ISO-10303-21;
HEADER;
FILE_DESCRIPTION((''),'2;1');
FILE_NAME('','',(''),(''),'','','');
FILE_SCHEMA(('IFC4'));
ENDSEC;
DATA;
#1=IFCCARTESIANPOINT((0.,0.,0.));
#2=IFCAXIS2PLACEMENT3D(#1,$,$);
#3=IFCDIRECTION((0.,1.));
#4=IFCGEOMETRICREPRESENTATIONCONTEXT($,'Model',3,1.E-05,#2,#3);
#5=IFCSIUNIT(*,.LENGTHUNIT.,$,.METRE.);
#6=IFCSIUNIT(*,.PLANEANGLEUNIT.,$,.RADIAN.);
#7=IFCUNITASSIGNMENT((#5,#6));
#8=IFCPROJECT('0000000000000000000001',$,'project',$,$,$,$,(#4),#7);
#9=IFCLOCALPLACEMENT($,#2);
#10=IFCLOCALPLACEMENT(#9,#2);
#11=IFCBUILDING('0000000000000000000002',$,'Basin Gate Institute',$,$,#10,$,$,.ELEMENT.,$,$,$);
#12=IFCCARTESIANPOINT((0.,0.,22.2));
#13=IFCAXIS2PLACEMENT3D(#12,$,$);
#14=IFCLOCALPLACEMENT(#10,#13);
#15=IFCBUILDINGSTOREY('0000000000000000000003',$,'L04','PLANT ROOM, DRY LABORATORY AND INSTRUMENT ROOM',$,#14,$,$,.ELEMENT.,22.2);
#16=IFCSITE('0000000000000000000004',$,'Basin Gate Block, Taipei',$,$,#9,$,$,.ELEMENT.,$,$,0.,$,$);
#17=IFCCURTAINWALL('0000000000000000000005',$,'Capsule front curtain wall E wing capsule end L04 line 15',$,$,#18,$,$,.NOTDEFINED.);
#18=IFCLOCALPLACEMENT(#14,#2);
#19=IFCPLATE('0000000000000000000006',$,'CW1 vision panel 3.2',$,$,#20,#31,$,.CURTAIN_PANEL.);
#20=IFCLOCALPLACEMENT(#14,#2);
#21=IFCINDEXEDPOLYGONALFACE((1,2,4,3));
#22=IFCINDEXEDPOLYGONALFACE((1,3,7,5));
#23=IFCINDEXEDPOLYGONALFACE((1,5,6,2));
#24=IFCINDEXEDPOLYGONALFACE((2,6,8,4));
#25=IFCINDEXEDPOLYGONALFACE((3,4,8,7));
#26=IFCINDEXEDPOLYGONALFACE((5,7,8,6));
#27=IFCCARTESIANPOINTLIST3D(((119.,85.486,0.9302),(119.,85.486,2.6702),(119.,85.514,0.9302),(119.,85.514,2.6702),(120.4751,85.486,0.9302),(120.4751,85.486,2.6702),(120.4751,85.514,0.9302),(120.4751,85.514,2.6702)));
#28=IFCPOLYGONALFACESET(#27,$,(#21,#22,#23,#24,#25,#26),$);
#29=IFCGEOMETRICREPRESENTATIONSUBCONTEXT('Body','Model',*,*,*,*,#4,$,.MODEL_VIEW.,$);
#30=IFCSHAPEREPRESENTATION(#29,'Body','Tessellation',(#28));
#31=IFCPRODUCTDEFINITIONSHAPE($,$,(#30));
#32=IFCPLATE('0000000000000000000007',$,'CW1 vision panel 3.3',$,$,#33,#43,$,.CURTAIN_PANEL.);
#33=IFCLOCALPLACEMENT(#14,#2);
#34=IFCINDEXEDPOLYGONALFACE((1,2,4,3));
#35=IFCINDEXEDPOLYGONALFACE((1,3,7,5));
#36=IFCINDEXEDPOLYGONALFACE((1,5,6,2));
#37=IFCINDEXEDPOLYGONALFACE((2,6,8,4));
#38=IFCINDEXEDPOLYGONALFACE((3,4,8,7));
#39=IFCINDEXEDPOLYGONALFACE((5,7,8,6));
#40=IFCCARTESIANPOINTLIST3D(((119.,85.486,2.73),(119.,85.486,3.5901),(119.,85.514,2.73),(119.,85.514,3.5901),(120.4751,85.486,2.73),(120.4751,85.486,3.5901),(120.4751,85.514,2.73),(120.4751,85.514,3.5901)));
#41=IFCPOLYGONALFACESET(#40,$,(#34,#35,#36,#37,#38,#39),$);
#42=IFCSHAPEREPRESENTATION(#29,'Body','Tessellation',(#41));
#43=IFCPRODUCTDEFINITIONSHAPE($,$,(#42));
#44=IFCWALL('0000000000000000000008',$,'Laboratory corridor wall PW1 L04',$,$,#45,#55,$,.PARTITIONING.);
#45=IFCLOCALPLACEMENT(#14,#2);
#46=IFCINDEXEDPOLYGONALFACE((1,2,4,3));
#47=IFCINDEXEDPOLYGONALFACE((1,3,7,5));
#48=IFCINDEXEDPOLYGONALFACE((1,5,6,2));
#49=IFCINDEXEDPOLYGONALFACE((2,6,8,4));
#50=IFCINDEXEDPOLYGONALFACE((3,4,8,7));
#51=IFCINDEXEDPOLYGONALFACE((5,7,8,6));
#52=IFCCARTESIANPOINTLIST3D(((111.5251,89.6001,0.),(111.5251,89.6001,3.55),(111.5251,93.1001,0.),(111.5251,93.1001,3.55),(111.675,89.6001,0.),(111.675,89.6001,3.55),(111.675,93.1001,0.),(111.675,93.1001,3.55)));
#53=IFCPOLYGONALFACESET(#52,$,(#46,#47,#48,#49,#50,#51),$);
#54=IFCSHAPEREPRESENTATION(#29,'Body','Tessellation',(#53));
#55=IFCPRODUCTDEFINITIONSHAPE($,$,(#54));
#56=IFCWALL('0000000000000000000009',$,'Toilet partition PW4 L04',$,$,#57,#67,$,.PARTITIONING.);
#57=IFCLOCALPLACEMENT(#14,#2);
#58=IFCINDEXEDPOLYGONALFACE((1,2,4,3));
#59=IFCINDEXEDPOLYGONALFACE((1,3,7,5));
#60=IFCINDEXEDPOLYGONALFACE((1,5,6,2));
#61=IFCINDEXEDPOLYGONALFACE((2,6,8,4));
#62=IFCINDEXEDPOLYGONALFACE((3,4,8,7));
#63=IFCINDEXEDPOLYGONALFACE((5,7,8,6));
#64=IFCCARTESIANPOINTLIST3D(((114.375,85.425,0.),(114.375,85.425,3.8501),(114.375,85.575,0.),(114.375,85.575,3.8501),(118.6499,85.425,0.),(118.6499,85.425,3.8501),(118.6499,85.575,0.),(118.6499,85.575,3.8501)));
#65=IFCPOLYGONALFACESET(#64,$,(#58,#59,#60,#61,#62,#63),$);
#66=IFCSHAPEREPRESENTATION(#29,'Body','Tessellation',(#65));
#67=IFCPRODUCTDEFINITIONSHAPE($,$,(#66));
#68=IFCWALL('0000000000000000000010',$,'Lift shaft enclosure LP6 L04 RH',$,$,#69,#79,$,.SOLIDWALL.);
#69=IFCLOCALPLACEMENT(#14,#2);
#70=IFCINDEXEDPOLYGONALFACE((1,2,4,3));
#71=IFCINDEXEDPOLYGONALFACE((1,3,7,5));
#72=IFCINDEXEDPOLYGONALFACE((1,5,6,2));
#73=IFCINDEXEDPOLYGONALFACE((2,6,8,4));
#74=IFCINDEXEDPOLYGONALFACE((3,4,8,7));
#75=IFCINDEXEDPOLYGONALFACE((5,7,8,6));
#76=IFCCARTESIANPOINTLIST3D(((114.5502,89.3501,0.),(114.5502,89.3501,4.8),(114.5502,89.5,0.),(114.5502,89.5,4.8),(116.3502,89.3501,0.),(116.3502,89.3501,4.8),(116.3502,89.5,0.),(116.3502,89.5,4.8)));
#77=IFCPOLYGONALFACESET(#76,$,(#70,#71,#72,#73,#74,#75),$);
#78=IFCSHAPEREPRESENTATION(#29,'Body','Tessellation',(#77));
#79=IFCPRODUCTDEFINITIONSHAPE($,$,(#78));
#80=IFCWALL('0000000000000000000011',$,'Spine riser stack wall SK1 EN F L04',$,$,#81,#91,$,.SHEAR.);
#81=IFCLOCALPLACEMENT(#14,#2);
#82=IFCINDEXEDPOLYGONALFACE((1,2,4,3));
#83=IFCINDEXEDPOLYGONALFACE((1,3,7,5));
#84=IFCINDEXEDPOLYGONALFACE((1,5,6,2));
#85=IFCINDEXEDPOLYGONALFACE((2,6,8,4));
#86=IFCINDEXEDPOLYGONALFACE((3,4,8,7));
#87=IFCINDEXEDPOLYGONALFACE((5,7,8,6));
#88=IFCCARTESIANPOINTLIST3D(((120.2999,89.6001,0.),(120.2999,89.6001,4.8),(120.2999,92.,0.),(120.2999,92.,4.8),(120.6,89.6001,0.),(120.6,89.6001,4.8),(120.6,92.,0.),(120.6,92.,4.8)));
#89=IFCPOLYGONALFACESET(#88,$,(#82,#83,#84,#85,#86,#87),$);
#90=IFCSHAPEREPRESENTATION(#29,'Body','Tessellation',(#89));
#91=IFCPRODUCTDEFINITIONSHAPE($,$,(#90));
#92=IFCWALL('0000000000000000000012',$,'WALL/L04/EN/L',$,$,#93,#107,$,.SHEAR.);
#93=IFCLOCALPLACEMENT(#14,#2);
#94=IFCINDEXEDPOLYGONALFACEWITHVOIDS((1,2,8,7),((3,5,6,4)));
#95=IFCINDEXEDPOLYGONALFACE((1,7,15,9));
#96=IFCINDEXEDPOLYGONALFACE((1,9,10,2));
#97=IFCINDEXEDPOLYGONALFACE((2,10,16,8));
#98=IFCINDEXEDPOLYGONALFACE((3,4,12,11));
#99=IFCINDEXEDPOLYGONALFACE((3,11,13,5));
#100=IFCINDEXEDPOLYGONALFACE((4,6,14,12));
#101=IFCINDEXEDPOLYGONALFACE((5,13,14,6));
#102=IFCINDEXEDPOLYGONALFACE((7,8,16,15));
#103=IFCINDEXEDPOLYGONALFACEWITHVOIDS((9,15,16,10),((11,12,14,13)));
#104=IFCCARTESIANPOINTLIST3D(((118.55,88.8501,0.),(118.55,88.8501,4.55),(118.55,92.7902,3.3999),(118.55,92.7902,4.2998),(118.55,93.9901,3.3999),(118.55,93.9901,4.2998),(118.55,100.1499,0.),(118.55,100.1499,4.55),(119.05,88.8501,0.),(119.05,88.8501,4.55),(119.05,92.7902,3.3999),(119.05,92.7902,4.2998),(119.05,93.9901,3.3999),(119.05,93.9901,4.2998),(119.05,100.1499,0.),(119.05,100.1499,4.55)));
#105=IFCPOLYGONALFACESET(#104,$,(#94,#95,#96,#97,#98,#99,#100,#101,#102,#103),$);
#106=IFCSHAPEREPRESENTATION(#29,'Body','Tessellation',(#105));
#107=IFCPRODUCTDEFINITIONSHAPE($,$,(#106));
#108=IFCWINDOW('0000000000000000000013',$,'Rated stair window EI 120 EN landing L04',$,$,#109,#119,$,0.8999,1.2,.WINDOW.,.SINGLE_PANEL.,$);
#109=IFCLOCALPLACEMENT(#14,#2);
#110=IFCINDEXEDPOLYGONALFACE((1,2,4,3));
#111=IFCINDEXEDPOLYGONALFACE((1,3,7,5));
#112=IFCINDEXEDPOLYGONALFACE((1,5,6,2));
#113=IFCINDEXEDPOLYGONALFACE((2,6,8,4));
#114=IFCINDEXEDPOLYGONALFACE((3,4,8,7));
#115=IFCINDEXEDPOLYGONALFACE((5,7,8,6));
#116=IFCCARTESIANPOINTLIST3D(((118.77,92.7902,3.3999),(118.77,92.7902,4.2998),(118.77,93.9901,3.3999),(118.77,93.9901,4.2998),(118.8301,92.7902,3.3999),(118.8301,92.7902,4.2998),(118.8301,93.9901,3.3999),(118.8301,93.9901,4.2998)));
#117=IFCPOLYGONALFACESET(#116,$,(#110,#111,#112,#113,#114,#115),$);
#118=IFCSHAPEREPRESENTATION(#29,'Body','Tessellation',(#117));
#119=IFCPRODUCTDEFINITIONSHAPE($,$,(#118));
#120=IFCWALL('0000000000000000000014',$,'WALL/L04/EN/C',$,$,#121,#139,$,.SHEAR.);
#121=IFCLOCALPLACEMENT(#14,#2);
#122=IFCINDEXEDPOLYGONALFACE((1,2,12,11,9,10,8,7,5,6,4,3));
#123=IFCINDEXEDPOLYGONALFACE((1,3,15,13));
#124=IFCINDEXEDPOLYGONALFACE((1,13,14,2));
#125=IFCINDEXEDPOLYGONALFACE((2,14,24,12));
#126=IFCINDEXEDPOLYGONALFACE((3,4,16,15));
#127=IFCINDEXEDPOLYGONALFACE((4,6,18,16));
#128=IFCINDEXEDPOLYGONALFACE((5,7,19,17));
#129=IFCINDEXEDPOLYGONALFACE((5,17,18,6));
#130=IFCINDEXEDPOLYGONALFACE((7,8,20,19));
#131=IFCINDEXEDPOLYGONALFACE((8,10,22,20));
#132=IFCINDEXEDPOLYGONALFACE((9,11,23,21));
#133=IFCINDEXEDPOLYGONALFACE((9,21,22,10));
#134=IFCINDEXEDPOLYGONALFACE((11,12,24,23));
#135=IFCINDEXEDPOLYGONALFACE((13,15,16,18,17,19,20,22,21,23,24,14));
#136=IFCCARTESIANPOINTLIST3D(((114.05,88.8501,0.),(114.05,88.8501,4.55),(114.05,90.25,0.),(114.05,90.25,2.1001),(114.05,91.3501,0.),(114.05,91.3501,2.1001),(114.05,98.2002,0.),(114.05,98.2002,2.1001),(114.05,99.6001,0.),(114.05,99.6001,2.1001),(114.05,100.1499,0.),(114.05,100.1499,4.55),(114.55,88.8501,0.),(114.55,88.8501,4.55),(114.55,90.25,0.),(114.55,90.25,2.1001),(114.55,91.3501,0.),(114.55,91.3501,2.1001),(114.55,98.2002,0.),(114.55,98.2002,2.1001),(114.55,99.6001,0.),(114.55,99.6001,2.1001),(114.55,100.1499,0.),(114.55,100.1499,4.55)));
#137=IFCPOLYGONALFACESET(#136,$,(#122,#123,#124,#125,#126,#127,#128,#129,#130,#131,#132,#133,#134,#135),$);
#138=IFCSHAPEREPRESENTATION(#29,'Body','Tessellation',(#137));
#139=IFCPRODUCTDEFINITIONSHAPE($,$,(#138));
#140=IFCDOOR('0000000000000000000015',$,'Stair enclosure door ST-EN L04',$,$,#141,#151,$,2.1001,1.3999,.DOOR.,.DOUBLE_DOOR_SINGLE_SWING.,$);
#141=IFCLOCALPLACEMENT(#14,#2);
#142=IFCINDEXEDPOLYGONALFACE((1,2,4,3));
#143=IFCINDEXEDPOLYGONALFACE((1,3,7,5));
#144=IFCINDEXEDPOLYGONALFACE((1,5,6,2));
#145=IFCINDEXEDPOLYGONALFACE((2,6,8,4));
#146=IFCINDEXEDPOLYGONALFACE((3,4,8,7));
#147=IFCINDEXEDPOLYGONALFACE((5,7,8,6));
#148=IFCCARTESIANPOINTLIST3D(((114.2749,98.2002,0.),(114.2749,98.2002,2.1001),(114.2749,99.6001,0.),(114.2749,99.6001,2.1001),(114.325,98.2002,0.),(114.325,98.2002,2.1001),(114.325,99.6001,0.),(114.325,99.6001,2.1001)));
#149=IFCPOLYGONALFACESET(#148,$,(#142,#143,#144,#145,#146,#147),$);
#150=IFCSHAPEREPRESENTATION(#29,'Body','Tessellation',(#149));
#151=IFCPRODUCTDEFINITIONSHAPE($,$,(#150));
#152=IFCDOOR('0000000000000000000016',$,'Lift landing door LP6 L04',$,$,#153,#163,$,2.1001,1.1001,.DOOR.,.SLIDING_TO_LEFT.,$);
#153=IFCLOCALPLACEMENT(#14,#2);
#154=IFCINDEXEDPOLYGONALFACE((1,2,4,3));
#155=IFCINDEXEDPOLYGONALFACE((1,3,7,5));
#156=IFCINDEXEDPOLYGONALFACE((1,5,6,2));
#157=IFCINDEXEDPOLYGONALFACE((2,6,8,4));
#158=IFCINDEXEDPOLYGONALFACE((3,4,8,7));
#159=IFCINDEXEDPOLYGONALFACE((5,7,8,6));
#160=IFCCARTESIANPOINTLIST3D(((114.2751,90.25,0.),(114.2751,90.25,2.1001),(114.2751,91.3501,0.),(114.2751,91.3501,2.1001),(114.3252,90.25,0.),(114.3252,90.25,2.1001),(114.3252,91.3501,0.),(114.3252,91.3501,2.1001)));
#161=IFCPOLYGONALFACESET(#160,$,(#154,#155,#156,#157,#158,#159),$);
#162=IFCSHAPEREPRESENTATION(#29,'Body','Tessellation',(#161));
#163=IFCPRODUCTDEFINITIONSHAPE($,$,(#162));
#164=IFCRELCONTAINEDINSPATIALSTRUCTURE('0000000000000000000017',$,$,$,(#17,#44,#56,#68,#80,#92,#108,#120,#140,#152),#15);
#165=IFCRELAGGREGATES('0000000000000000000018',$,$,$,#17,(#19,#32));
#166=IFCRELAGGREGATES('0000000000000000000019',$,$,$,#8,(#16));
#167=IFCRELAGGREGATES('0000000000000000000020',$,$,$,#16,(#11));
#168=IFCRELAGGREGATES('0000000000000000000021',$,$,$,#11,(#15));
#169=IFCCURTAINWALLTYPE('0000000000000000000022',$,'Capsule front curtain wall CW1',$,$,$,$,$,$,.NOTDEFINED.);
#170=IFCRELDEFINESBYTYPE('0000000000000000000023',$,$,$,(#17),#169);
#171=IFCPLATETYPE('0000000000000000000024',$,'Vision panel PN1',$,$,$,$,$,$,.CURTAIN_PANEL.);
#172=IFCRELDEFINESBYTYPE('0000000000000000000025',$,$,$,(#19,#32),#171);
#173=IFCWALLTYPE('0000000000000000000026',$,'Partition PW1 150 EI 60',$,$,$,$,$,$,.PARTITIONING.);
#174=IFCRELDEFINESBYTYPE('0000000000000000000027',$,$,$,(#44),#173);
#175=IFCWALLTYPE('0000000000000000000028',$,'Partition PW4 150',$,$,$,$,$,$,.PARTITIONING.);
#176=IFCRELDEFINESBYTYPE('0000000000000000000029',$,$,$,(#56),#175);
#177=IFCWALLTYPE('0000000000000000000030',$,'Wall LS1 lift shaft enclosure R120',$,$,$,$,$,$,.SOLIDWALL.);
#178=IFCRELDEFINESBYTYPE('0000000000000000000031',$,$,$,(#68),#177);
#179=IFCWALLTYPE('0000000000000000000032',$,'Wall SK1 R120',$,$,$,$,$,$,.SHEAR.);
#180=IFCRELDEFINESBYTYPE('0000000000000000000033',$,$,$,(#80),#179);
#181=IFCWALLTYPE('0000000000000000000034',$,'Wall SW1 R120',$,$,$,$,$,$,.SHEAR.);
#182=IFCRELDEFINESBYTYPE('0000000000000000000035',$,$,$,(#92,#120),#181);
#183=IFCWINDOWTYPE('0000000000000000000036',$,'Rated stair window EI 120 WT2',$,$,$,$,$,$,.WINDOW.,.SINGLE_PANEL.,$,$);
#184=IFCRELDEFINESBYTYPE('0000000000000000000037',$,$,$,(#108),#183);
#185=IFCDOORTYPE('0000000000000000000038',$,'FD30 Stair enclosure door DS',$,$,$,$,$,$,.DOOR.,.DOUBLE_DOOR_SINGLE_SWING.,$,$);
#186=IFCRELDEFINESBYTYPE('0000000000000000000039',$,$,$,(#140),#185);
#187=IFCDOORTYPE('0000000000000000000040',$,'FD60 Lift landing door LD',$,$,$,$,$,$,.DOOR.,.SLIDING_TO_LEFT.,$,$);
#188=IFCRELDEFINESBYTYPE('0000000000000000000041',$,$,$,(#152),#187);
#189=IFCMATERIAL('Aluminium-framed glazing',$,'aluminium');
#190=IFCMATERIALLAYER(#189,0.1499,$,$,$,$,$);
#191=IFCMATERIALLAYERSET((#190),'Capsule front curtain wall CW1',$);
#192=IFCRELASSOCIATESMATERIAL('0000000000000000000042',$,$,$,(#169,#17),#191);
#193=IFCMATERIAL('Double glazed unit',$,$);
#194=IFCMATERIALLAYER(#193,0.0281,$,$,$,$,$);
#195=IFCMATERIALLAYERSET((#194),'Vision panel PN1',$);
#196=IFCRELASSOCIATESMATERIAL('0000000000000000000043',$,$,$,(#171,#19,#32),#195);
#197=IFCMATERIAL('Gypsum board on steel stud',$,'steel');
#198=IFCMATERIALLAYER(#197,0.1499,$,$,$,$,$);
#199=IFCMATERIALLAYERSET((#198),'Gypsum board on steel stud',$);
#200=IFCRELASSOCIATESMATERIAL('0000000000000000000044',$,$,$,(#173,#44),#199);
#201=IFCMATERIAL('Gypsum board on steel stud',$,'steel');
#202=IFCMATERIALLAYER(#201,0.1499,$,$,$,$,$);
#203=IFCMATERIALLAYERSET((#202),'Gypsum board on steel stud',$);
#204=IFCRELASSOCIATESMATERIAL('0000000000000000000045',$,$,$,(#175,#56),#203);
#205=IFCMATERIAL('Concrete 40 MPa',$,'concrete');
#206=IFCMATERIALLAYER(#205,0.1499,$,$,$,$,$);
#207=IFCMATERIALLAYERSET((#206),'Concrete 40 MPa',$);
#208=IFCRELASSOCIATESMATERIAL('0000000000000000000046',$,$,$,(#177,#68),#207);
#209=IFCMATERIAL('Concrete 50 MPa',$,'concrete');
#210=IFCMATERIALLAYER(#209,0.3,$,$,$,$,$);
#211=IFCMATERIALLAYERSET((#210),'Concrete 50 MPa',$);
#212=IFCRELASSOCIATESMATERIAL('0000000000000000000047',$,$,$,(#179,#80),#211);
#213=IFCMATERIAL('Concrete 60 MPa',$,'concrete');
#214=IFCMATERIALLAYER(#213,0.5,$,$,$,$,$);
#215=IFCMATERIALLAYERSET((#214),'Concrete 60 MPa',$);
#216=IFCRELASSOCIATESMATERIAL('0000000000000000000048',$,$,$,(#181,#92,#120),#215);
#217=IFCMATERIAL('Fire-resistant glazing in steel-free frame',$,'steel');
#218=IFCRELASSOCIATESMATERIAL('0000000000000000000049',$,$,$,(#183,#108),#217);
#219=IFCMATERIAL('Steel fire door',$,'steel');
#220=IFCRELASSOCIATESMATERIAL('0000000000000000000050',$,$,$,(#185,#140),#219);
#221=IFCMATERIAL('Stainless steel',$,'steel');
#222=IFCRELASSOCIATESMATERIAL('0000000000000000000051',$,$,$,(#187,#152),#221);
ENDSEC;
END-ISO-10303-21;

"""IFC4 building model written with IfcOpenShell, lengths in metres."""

from ifc_helpers import new_model, si_unit, direction, frame, frame_2d, origin, origin_2d, place, context, subcontext, project, spatial, rectangle, extrude, material, layer, layer_set, type_object, element, fill, aggregate, save


model = new_model("IFC4")

# Units and contexts
model_context = context("Model", 3, precision=1e-05, world=origin(), true_north=direction((0.0, 1.0)))
body_context = subcontext(model_context, "Body", "Model", "MODEL_VIEW")
ifc_project = project(units=[si_unit("LENGTHUNIT", "METRE"), si_unit("PLANEANGLEUNIT", "RADIAN")], contexts=[model_context])

# Site, building, storey
site_placement = place(None, origin())
site = spatial("IfcSite", under=ifc_project, at=site_placement, Name="Basin Gate Block, Taipei", CompositionType="ELEMENT", RefElevation=0.0)
building_placement = place(site_placement, origin())
building = spatial("IfcBuilding", under=site, at=building_placement, Name="Basin Gate Institute", CompositionType="ELEMENT")
storey_placement = place(building_placement, frame((0.0, 0.0, 22.2)))
storey = spatial("IfcBuildingStorey", under=building, at=storey_placement, Name="L04", Description="PLANT ROOM, DRY LABORATORY AND INSTRUMENT ROOM", CompositionType="ELEMENT", Elevation=22.2)

# Curtain wall, plates
ifc_material_1 = material(Name="Aluminium-framed glazing", Category="aluminium")
ifc_layer_1 = layer(ifc_material_1, 0.1499)
ifc_layer_set_1 = layer_set([ifc_layer_1], Name="Capsule front curtain wall CW1")
curtain_wall_type = type_object("IfcCurtainWallType", Name="Capsule front curtain wall CW1", PredefinedType="NOTDEFINED", material=ifc_layer_set_1)
curtain_wall_placement = place(storey_placement, origin())
curtain_wall = element("IfcCurtainWall", 1, at=curtain_wall_placement, inside=storey, type_object=curtain_wall_type, material=ifc_layer_set_1, Name="Capsule front curtain wall E wing capsule end L04 line 15", PredefinedType="NOTDEFINED")
ifc_material_2 = material(Name="Double glazed unit")
ifc_layer_2 = layer(ifc_material_2, 0.0281)
ifc_layer_set_2 = layer_set([ifc_layer_2], Name="Vision panel PN1")
plate_type_1 = type_object("IfcPlateType", Name="Vision panel PN1", PredefinedType="CURTAIN_PANEL", material=ifc_layer_set_2)
plate_1_placement = place(storey_placement, frame((119.7375, 85.5, 0.9302), z_axis=(0.0, 0.0, 1.0), x_axis=(-1.0, 0.0, 0.0)))
plate_1 = element("IfcPlate", 2, at=plate_1_placement, type_object=plate_type_1, material=ifc_layer_set_2, Name="CW1 vision panel 3.2", PredefinedType="CURTAIN_PANEL", context=body_context, shape_type="SweptSolid", body=[
    extrude(rectangle(XDim=1.4751, YDim=0.0281, at=origin_2d()), origin(), (0.0, 0.0, 1.0), 1.74),
])
plate_2_placement = place(storey_placement, frame((119.7375, 85.5, 2.73), z_axis=(0.0, 0.0, 1.0), x_axis=(-1.0, 0.0, 0.0)))
plate_2 = element("IfcPlate", 3, at=plate_2_placement, type_object=plate_type_1, material=ifc_layer_set_2, Name="CW1 vision panel 3.3", PredefinedType="CURTAIN_PANEL", context=body_context, shape_type="SweptSolid", body=[
    extrude(rectangle(XDim=1.4751, YDim=0.0281, at=origin_2d()), origin(), (0.0, 0.0, 1.0), 0.8601),
])
aggregate(curtain_wall, [plate_1, plate_2])

# Walls
ifc_material_3 = material(Name="Gypsum board on steel stud", Category="steel")
ifc_layer_3 = layer(ifc_material_3, 0.1499)
ifc_layer_set_3 = layer_set([ifc_layer_3], Name="Gypsum board on steel stud")
wall_type_1 = type_object("IfcWallType", Name="Partition PW1 150 EI 60", PredefinedType="PARTITIONING", material=ifc_layer_set_3)
wall_1_placement = place(storey_placement, frame((111.6001, 89.6001, 0.0), z_axis=(0.0, 0.0, 1.0), x_axis=(0.0, 1.0, 0.0)))
element("IfcWall", 4, at=wall_1_placement, inside=storey, type_object=wall_type_1, material=ifc_layer_set_3, Name="Laboratory corridor wall PW1 L04", PredefinedType="PARTITIONING", context=body_context, shape_type="SweptSolid", body=[
    extrude(rectangle(XDim=3.5, YDim=0.1499, at=frame_2d((1.75, 0.0))), origin(), (0.0, 0.0, 1.0), 3.55),
])
ifc_material_4 = material(Name="Gypsum board on steel stud", Category="steel")
ifc_layer_4 = layer(ifc_material_4, 0.1499)
ifc_layer_set_4 = layer_set([ifc_layer_4], Name="Gypsum board on steel stud")
wall_type_2 = type_object("IfcWallType", Name="Partition PW4 150", PredefinedType="PARTITIONING", material=ifc_layer_set_4)
wall_2_placement = place(storey_placement, frame((118.6499, 85.5, 0.0), z_axis=(0.0, 0.0, 1.0), x_axis=(-1.0, 0.0, 0.0)))
element("IfcWall", 5, at=wall_2_placement, inside=storey, type_object=wall_type_2, material=ifc_layer_set_4, Name="Toilet partition PW4 L04", PredefinedType="PARTITIONING", context=body_context, shape_type="SweptSolid", body=[
    extrude(rectangle(XDim=4.2749, YDim=0.1499, at=frame_2d((2.1375, 0.0))), origin(), (0.0, 0.0, 1.0), 3.8501),
])
ifc_material_5 = material(Name="Concrete 40 MPa", Category="concrete")
ifc_layer_5 = layer(ifc_material_5, 0.1499)
ifc_layer_set_5 = layer_set([ifc_layer_5], Name="Concrete 40 MPa")
wall_type_3 = type_object("IfcWallType", Name="Wall LS1 lift shaft enclosure R120", PredefinedType="SOLIDWALL", material=ifc_layer_set_5)
wall_3_placement = place(storey_placement, frame((116.3501, 89.425, 0.0), z_axis=(0.0, 0.0, 1.0), x_axis=(-1.0, 0.0, 0.0)))
element("IfcWall", 6, at=wall_3_placement, inside=storey, type_object=wall_type_3, material=ifc_layer_set_5, Name="Lift shaft enclosure LP6 L04 RH", PredefinedType="SOLIDWALL", context=body_context, shape_type="SweptSolid", body=[
    extrude(rectangle(XDim=1.8, YDim=0.1499, at=frame_2d((0.8999, 0.0))), origin(), (0.0, 0.0, 1.0), 4.8),
])
ifc_material_6 = material(Name="Concrete 50 MPa", Category="concrete")
ifc_layer_6 = layer(ifc_material_6, 0.3)
ifc_layer_set_6 = layer_set([ifc_layer_6], Name="Concrete 50 MPa")
wall_type_4 = type_object("IfcWallType", Name="Wall SK1 R120", PredefinedType="SHEAR", material=ifc_layer_set_6)
wall_4_placement = place(storey_placement, frame((120.45, 89.6001, 0.0), z_axis=(0.0, 0.0, 1.0), x_axis=(0.0, 1.0, 0.0)))
element("IfcWall", 7, at=wall_4_placement, inside=storey, type_object=wall_type_4, material=ifc_layer_set_6, Name="Spine riser stack wall SK1 EN F L04", PredefinedType="SHEAR", context=body_context, shape_type="SweptSolid", body=[
    extrude(rectangle(XDim=2.3999, YDim=0.3, at=frame_2d((1.2, 0.0))), origin(), (0.0, 0.0, 1.0), 4.8),
])

# Wall, opening, window
ifc_material_7 = material(Name="Concrete 60 MPa", Category="concrete")
ifc_layer_7 = layer(ifc_material_7, 0.5)
ifc_layer_set_7 = layer_set([ifc_layer_7], Name="Concrete 60 MPa")
wall_type_5 = type_object("IfcWallType", Name="Wall SW1 R120", PredefinedType="SHEAR", material=ifc_layer_set_7)
wall_5_placement = place(storey_placement, frame((118.8, 88.8501, 0.0), z_axis=(0.0, 0.0, 1.0), x_axis=(0.0, 1.0, 0.0)))
wall_5 = element("IfcWall", 8, at=wall_5_placement, inside=storey, type_object=wall_type_5, material=ifc_layer_set_7, Name="WALL/L04/EN/L", PredefinedType="SHEAR", context=body_context, shape_type="SweptSolid", body=[
    extrude(rectangle(XDim=11.2998, YDim=0.5, at=frame_2d((5.6499, 0.0))), origin(), (0.0, 0.0, 1.0), 4.55),
])
opening_1_placement = place(wall_5_placement, frame((3.9399, 0.0, 3.3999)))
opening_1 = element("IfcOpeningElement", 9, at=opening_1_placement, cuts=wall_5, PredefinedType="OPENING", context=body_context, shape_type="SweptSolid", body=[
    extrude(rectangle(XDim=1.2, YDim=0.8999, at=frame_2d((0.6001, 0.45))), frame((0.0, 0.26, 0.0), z_axis=(0.0, -1.0, 0.0), x_axis=(1.0, 0.0, 0.0)), (0.0, 0.0, 1.0), 0.52),
])
ifc_material_8 = material(Name="Fire-resistant glazing in steel-free frame", Category="steel")
window_type = type_object("IfcWindowType", Name="Rated stair window EI 120 WT2", PartitioningType="SINGLE_PANEL", PredefinedType="WINDOW", material=ifc_material_8)
window_placement = place(opening_1_placement, origin())
window = element("IfcWindow", 10, at=window_placement, inside=storey, type_object=window_type, material=ifc_material_8, Name="Rated stair window EI 120 EN landing L04", OverallHeight=0.8999, OverallWidth=1.2, PartitioningType="SINGLE_PANEL", PredefinedType="WINDOW", context=body_context, shape_type="SweptSolid", body=[
    extrude(rectangle(XDim=1.2, YDim=0.8999, at=frame_2d((0.6001, 0.45))), frame((0.0, 0.03, 0.0), z_axis=(0.0, -1.0, 0.0), x_axis=(1.0, 0.0, 0.0)), (0.0, 0.0, 1.0), 0.0601),
])
fill(opening_1, window)

# Wall, openings, doors
wall_6_placement = place(storey_placement, frame((114.3, 88.8501, 0.0), z_axis=(0.0, 0.0, 1.0), x_axis=(0.0, 1.0, 0.0)))
wall_6 = element("IfcWall", 11, at=wall_6_placement, inside=storey, type_object=wall_type_5, material=ifc_layer_set_7, Name="WALL/L04/EN/C", PredefinedType="SHEAR", context=body_context, shape_type="SweptSolid", body=[
    extrude(rectangle(XDim=11.2998, YDim=0.5, at=frame_2d((5.6499, 0.0))), origin(), (0.0, 0.0, 1.0), 4.55),
])
opening_2_placement = place(wall_6_placement, frame((9.3501, 0.0, 0.0)))
opening_2 = element("IfcOpeningElement", 12, at=opening_2_placement, cuts=wall_6, PredefinedType="OPENING", context=body_context, shape_type="SweptSolid", body=[
    extrude(rectangle(XDim=1.3999, YDim=2.1001, at=frame_2d((0.7, 1.05))), frame((0.0, 0.26, 0.0), z_axis=(0.0, -1.0, 0.0), x_axis=(1.0, 0.0, 0.0)), (0.0, 0.0, 1.0), 0.52),
])
opening_3_placement = place(wall_6_placement, frame((1.3999, 0.0, 0.0)))
opening_3 = element("IfcOpeningElement", 13, at=opening_3_placement, cuts=wall_6, PredefinedType="OPENING", context=body_context, shape_type="SweptSolid", body=[
    extrude(rectangle(XDim=1.1001, YDim=2.1001, at=frame_2d((0.55, 1.05))), frame((0.0, 0.26, 0.0), z_axis=(0.0, -1.0, 0.0), x_axis=(1.0, 0.0, 0.0)), (0.0, 0.0, 1.0), 0.52),
])
ifc_material_9 = material(Name="Steel fire door", Category="steel")
door_type_1 = type_object("IfcDoorType", Name="FD30 Stair enclosure door DS", OperationType="DOUBLE_DOOR_SINGLE_SWING", PredefinedType="DOOR", material=ifc_material_9)
door_1_placement = place(opening_2_placement, frame((1.3999, 0.0, 0.0), z_axis=(0.0, 0.0, 1.0), x_axis=(-1.0, 0.0, 0.0)))
door_1 = element("IfcDoor", 14, at=door_1_placement, inside=storey, type_object=door_type_1, material=ifc_material_9, Name="Stair enclosure door ST-EN L04", OperationType="DOUBLE_DOOR_SINGLE_SWING", OverallHeight=2.1001, OverallWidth=1.3999, PredefinedType="DOOR", context=body_context, shape_type="SweptSolid", body=[
    extrude(rectangle(XDim=1.3999, YDim=2.1001, at=frame_2d((0.7, 1.05))), frame((0.0, 0.0249, 0.0), z_axis=(0.0, -1.0, 0.0), x_axis=(1.0, 0.0, 0.0)), (0.0, 0.0, 1.0), 0.05),
])
fill(opening_2, door_1)
ifc_material_10 = material(Name="Stainless steel", Category="steel")
door_type_2 = type_object("IfcDoorType", Name="FD60 Lift landing door LD", OperationType="SLIDING_TO_LEFT", PredefinedType="DOOR", material=ifc_material_10)
door_2_placement = place(opening_3_placement, origin())
door_2 = element("IfcDoor", 15, at=door_2_placement, inside=storey, type_object=door_type_2, material=ifc_material_10, Name="Lift landing door LP6 L04", OperationType="SLIDING_TO_LEFT", OverallHeight=2.1001, OverallWidth=1.1001, PredefinedType="DOOR", context=body_context, shape_type="SweptSolid", body=[
    extrude(rectangle(XDim=1.1001, YDim=2.1001, at=frame_2d((0.55, 1.05))), frame((0.0, 0.0249, 0.0), z_axis=(0.0, -1.0, 0.0), x_axis=(1.0, 0.0, 0.0)), (0.0, 0.0, 1.0), 0.05),
])
fill(opening_3, door_2)

save(model, "model.ifc")
